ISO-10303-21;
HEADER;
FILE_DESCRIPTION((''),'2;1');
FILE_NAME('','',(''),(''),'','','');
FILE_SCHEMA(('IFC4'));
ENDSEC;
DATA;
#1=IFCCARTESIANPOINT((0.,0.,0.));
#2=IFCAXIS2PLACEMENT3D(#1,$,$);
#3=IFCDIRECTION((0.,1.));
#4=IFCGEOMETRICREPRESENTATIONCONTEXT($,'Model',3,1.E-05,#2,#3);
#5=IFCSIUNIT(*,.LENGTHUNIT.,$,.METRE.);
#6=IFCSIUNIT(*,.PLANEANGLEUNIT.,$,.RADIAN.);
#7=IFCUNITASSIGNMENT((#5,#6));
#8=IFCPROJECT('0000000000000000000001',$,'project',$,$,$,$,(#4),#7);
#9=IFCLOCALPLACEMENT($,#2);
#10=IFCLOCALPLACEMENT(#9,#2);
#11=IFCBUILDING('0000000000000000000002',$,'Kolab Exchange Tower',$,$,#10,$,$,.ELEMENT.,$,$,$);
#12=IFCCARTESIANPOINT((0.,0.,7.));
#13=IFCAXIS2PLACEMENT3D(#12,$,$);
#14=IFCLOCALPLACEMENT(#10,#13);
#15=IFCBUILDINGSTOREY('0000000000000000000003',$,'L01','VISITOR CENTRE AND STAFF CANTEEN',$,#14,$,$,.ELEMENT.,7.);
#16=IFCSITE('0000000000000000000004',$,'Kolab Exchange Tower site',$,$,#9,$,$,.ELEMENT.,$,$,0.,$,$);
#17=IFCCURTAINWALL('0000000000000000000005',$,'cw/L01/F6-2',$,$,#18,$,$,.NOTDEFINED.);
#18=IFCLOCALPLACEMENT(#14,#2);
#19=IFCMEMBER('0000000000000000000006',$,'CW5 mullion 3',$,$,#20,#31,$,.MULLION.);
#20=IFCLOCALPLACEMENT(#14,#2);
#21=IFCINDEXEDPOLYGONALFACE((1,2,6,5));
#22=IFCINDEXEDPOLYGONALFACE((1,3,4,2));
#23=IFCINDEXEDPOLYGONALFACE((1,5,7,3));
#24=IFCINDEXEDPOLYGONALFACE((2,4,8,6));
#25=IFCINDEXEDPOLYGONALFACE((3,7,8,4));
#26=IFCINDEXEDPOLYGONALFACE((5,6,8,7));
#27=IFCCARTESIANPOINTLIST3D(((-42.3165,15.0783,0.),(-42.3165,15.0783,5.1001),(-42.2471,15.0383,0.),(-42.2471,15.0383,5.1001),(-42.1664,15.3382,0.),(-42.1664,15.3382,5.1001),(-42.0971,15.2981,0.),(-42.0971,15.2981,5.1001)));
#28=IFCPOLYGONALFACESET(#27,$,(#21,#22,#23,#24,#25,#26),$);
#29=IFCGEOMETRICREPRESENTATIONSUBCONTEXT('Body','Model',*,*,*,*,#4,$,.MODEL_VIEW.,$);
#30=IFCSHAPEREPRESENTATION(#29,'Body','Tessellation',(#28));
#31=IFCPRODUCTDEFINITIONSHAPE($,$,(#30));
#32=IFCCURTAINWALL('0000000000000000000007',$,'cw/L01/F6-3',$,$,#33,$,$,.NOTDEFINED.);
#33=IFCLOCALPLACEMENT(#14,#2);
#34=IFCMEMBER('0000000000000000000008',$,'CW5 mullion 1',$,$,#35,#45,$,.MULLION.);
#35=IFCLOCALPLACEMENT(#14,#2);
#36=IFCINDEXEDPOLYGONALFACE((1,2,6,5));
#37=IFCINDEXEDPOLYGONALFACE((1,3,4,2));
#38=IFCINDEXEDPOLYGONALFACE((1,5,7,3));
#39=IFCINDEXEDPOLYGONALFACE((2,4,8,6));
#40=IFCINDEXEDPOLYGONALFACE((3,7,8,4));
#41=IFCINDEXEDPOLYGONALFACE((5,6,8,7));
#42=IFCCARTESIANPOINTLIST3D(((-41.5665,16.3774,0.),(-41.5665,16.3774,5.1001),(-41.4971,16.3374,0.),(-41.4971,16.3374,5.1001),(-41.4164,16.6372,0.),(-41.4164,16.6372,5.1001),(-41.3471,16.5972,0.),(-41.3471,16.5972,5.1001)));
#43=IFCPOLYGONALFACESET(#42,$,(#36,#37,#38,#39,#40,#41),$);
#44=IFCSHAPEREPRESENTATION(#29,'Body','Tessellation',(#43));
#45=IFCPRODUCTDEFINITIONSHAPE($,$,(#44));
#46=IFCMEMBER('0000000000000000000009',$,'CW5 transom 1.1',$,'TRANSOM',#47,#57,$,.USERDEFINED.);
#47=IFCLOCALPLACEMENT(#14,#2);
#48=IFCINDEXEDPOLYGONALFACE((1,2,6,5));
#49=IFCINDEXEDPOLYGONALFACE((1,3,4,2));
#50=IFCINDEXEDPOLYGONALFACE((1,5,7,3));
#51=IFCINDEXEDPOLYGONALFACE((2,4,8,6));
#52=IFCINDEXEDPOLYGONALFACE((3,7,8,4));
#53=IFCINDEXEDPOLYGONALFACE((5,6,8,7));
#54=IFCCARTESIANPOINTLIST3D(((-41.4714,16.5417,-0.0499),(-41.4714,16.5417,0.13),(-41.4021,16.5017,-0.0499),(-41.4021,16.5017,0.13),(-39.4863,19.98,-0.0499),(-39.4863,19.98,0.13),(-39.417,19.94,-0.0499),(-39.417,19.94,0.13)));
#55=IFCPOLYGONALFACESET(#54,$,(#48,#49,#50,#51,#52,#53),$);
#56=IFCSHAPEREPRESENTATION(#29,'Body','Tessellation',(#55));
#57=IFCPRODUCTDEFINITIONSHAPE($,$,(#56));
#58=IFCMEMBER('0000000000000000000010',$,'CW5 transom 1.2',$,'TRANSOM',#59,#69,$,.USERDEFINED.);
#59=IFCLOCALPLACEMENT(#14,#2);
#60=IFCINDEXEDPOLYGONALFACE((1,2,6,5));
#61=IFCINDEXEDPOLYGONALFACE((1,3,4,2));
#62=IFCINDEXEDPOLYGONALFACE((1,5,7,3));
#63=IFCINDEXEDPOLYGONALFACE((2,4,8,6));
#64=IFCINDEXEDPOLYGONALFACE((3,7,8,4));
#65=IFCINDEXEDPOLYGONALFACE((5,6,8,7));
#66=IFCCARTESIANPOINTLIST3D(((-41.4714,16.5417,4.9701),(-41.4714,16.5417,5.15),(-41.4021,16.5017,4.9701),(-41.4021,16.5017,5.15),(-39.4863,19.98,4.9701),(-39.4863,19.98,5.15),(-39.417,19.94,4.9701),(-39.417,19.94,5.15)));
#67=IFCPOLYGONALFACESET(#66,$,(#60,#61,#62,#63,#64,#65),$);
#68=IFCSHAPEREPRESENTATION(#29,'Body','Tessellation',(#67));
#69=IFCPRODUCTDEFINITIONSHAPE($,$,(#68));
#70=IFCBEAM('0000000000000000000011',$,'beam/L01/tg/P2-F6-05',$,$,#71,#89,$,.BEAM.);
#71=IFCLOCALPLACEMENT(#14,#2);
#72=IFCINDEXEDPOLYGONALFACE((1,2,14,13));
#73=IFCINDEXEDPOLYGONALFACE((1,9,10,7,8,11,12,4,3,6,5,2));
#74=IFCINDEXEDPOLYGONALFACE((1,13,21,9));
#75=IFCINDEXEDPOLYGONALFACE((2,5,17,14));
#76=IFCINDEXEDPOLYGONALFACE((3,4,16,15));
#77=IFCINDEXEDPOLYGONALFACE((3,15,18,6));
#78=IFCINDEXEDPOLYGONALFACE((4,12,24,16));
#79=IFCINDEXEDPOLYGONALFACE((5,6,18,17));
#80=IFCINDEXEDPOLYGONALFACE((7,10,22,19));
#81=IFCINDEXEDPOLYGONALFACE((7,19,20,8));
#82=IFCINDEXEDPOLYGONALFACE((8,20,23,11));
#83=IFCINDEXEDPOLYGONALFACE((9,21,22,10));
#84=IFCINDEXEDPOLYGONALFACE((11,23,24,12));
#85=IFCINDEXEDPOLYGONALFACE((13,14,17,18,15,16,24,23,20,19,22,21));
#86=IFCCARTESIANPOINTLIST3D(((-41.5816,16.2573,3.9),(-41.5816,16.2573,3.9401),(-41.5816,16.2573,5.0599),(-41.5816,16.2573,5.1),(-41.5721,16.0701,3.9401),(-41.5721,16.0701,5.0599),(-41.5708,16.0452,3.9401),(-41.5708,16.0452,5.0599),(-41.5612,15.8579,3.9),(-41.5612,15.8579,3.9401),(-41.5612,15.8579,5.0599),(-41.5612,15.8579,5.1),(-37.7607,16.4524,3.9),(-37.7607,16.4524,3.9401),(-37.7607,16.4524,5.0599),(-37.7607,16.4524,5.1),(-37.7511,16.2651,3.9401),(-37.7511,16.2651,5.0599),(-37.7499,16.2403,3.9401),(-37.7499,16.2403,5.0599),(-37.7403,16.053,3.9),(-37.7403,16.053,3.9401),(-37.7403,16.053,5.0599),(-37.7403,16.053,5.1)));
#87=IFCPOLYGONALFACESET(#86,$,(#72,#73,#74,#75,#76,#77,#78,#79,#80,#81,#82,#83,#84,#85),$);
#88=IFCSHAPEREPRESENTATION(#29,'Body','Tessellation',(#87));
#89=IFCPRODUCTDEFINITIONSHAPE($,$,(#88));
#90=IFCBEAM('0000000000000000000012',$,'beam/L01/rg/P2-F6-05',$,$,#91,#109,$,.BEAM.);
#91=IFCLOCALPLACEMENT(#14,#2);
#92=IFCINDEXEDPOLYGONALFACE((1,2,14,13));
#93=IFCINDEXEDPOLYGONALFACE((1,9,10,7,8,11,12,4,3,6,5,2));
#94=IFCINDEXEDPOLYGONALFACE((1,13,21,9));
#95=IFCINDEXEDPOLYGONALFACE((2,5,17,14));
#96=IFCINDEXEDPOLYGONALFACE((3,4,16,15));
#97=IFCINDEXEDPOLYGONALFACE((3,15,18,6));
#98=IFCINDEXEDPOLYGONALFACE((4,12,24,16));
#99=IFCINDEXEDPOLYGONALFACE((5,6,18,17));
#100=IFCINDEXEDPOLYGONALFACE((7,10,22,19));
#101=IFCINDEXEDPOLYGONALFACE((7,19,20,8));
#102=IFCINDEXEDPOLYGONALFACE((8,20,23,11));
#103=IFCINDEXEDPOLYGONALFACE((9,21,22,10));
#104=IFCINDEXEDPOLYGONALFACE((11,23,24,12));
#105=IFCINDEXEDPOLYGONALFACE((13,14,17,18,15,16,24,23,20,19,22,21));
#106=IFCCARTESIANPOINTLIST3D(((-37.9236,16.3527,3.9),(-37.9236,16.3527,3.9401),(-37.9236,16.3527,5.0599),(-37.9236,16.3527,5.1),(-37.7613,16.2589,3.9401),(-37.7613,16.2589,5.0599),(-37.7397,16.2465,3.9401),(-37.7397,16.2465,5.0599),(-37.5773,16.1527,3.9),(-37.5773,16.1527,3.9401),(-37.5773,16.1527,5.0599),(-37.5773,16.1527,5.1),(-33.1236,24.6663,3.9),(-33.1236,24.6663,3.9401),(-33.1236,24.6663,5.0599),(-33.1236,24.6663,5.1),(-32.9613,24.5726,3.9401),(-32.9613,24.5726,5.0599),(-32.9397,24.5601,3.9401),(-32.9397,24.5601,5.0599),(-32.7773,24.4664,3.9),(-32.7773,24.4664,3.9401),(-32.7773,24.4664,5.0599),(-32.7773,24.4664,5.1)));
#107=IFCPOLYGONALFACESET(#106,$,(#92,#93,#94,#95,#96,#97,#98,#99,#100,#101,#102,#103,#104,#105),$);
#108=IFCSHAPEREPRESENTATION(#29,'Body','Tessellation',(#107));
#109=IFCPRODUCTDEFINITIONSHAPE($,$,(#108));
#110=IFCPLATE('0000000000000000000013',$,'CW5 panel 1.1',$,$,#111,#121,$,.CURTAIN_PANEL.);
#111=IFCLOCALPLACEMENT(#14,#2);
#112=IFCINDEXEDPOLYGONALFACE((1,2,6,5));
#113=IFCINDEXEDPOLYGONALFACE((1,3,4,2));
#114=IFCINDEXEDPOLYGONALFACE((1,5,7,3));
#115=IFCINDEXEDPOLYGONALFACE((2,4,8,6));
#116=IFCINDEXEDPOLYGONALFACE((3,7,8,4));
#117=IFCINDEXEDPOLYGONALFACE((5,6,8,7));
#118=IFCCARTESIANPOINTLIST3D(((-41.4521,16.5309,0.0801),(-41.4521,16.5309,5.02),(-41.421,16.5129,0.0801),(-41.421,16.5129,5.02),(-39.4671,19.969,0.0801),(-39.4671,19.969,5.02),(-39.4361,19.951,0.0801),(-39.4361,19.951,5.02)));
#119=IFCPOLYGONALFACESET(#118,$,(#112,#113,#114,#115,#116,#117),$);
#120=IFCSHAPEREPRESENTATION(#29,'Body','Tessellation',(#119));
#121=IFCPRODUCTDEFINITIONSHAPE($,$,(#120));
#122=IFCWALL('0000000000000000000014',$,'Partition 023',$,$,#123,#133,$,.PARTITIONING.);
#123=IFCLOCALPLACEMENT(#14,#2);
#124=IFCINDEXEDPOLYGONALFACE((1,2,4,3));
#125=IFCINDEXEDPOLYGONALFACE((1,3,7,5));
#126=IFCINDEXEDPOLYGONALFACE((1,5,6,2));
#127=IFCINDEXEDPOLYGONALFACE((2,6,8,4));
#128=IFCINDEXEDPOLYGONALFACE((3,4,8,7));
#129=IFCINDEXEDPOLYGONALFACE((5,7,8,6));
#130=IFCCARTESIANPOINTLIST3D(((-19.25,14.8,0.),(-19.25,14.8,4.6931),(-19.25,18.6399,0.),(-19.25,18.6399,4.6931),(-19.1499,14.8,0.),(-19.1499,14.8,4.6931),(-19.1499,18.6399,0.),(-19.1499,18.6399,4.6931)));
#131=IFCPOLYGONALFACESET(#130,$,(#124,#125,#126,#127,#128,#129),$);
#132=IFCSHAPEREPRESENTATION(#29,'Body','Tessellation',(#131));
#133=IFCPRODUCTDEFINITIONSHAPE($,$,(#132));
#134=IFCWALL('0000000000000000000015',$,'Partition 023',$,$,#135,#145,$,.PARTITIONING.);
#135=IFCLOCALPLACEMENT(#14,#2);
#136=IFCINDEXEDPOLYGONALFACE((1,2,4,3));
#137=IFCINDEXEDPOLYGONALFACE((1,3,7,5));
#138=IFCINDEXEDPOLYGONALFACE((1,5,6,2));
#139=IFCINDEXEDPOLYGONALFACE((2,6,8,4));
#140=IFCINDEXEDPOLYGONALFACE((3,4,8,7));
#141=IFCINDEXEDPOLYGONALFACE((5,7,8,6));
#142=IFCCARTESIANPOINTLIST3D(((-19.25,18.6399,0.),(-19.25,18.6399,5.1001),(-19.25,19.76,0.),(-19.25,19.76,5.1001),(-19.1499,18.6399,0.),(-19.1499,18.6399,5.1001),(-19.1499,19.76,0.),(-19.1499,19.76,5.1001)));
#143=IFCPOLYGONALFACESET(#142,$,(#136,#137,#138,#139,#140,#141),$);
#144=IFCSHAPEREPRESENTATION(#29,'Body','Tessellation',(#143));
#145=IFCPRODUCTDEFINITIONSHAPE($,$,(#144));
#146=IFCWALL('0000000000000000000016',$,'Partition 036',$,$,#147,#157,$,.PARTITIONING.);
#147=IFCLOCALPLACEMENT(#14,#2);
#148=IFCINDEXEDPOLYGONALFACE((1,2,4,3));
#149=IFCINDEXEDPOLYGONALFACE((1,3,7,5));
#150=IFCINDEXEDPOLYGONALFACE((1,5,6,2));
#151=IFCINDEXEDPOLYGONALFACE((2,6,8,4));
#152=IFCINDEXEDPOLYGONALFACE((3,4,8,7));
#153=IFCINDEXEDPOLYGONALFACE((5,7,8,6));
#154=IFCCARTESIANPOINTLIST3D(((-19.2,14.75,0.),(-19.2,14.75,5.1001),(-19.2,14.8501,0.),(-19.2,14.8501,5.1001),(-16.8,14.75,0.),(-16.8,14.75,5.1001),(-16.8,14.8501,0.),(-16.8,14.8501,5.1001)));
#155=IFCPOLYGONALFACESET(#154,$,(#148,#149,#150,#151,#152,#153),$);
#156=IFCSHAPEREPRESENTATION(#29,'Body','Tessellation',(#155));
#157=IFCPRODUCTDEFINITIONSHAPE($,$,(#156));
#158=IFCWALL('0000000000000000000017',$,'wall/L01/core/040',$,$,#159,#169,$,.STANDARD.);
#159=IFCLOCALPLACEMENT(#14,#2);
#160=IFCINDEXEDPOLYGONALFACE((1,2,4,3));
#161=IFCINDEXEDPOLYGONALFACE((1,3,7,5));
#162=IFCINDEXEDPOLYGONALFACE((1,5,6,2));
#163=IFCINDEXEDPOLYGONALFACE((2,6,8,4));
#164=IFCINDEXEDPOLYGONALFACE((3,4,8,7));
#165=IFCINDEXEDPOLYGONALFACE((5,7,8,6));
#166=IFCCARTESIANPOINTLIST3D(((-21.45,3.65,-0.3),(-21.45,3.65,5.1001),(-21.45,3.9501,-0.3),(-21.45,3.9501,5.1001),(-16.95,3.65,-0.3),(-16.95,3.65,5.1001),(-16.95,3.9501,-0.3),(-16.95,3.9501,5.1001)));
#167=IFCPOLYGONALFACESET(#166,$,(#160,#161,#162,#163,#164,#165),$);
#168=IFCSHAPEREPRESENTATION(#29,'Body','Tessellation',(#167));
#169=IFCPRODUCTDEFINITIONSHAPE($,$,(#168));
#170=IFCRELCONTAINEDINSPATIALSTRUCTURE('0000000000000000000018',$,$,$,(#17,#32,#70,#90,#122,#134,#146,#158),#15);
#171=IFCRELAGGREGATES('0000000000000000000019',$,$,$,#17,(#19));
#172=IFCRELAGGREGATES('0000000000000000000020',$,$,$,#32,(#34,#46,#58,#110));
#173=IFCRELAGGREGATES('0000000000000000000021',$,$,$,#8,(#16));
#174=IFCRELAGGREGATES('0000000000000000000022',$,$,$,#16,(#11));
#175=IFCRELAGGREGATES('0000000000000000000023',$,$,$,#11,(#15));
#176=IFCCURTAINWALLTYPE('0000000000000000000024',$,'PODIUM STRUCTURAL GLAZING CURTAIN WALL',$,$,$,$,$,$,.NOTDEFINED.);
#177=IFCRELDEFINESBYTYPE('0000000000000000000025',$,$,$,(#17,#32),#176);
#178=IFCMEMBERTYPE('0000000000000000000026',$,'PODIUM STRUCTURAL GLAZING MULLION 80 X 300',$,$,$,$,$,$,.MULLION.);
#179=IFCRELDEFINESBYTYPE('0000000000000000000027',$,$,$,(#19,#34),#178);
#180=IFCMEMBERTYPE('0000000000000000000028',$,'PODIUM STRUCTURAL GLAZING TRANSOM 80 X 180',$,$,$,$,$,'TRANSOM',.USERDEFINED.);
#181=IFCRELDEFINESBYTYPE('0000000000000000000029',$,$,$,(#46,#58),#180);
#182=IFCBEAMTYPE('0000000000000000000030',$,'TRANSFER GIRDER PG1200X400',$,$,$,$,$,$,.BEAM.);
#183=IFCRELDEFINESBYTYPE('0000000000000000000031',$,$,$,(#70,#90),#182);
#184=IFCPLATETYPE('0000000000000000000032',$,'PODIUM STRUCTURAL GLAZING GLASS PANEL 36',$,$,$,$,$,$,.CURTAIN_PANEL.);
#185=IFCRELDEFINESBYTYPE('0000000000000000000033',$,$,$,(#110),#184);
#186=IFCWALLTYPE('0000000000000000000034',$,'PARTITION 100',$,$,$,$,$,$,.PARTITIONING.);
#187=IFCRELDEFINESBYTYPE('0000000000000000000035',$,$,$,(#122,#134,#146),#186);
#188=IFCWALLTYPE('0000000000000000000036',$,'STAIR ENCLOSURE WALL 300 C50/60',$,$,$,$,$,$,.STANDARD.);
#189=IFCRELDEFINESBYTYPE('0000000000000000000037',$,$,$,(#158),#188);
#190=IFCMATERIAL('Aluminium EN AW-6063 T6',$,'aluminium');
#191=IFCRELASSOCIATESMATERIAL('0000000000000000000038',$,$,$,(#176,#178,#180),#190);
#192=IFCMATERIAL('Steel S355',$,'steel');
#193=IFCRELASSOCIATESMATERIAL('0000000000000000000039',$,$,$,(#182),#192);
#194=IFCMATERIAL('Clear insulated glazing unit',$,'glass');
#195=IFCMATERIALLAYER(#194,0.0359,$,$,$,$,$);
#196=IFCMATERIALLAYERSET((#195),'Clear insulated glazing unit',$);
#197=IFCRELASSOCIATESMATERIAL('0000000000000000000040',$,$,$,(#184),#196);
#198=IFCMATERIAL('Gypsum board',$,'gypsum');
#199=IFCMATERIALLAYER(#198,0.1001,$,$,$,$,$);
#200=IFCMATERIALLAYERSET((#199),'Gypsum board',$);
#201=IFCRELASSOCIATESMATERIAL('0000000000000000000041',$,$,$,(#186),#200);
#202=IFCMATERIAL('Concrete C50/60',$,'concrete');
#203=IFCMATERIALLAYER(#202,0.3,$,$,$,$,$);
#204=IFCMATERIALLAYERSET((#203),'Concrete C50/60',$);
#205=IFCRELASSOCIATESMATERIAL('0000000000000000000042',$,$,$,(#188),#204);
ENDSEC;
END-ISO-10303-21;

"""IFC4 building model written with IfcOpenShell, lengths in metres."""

from ifc_helpers import new_model, si_unit, direction, frame, frame_2d, origin, origin_2d, place, context, subcontext, project, spatial, rectangle, i_section, extrude, material, layer, layer_set, material_profile, profile_set, type_object, element, aggregate, save


model = new_model("IFC4")

# Units and contexts
model_context = context("Model", 3, precision=1e-05, world=origin(), true_north=direction((0.0, 1.0)))
body_context = subcontext(model_context, "Body", "Model", "MODEL_VIEW")
ifc_project = project(units=[si_unit("LENGTHUNIT", "METRE"), si_unit("PLANEANGLEUNIT", "RADIAN")], contexts=[model_context])

# Site, building, storey
site_placement = place(None, origin())
site = spatial("IfcSite", under=ifc_project, at=site_placement, Name="Kolab Exchange Tower site", CompositionType="ELEMENT", RefElevation=0.0)
building_placement = place(site_placement, origin())
building = spatial("IfcBuilding", under=site, at=building_placement, Name="Kolab Exchange Tower", CompositionType="ELEMENT")
storey_placement = place(building_placement, frame((0.0, 0.0, 7.0)))
storey = spatial("IfcBuildingStorey", under=building, at=storey_placement, Name="L01", Description="VISITOR CENTRE AND STAFF CANTEEN", CompositionType="ELEMENT", Elevation=7.0)

# Shared definitions
ifc_material_1 = material(Name="Steel S355", Category="steel")

# Curtain wall, member
ifc_material_2 = material(Name="Aluminium EN AW-6063 T6", Category="aluminium")
curtain_wall_type = type_object("IfcCurtainWallType", Name="PODIUM STRUCTURAL GLAZING CURTAIN WALL", PredefinedType="NOTDEFINED", material=ifc_material_2)
curtain_wall_1_placement = place(storey_placement, origin())
curtain_wall_1 = element("IfcCurtainWall", 1, at=curtain_wall_1_placement, inside=storey, type_object=curtain_wall_type, Name="cw/L01/F6-2", PredefinedType="NOTDEFINED")
ifc_material_profile_1 = material_profile(ifc_material_2, rectangle(XDim=0.0801, YDim=0.3, at=origin_2d()), Name="RECT 80X300")
ifc_profile_set_1 = profile_set([ifc_material_profile_1], Name="Aluminium EN AW-6063 T6")
member_type_1 = type_object("IfcMemberType", Name="PODIUM STRUCTURAL GLAZING MULLION 80 X 300", PredefinedType="MULLION", material=ifc_profile_set_1)
member_1_placement = place(storey_placement, frame((-42.2068, 15.1882, 0.0), z_axis=(0.0, 0.0, 1.0), x_axis=(-0.866025, 0.5, 0.0)))
member_1 = element("IfcMember", 2, at=member_1_placement, type_object=member_type_1, Name="CW5 mullion 3", PredefinedType="MULLION", context=body_context, shape_type="SweptSolid", body=[
    extrude(rectangle(XDim=0.0801, YDim=0.3, at=origin_2d()), origin(), (0.0, 0.0, 1.0), 5.1001),
])
aggregate(curtain_wall_1, [member_1])

# Curtain wall, members
curtain_wall_2_placement = place(storey_placement, origin())
curtain_wall_2 = element("IfcCurtainWall", 3, at=curtain_wall_2_placement, inside=storey, type_object=curtain_wall_type, Name="cw/L01/F6-3", PredefinedType="NOTDEFINED")
member_2_placement = place(storey_placement, frame((-41.4568, 16.4873, 0.0), z_axis=(0.0, 0.0, 1.0), x_axis=(-0.866025, 0.5, 0.0)))
member_2 = element("IfcMember", 4, at=member_2_placement, type_object=member_type_1, Name="CW5 mullion 1", PredefinedType="MULLION", context=body_context, shape_type="SweptSolid", body=[
    extrude(rectangle(XDim=0.0801, YDim=0.3, at=origin_2d()), origin(), (0.0, 0.0, 1.0), 5.1001),
])
ifc_material_profile_2 = material_profile(ifc_material_2, rectangle(XDim=0.0801, YDim=0.1799, at=origin_2d()), Name="RECT 80X180")
ifc_profile_set_2 = profile_set([ifc_material_profile_2], Name="Aluminium EN AW-6063 T6")
member_type_2 = type_object("IfcMemberType", Name="PODIUM STRUCTURAL GLAZING TRANSOM 80 X 180", ElementType="TRANSOM", PredefinedType="USERDEFINED", material=ifc_profile_set_2)
member_3_placement = place(storey_placement, frame((-41.4368, 16.5217, 0.04), z_axis=(0.500008, 0.866021, 0.0), x_axis=(-0.866021, 0.500008, 0.0)))
member_3 = element("IfcMember", 5, at=member_3_placement, type_object=member_type_2, Name="CW5 transom 1.1", ObjectType="TRANSOM", PredefinedType="USERDEFINED", context=body_context, shape_type="SweptSolid", body=[
    extrude(rectangle(XDim=0.0801, YDim=0.1799, at=origin_2d()), origin(), (0.0, 0.0, 1.0), 3.9702),
])
member_4_placement = place(storey_placement, frame((-41.4368, 16.5217, 5.0601), z_axis=(0.500008, 0.866021, 0.0), x_axis=(-0.866021, 0.500008, 0.0)))
member_4 = element("IfcMember", 6, at=member_4_placement, type_object=member_type_2, Name="CW5 transom 1.2", ObjectType="TRANSOM", PredefinedType="USERDEFINED", context=body_context, shape_type="SweptSolid", body=[
    extrude(rectangle(XDim=0.0801, YDim=0.1799, at=origin_2d()), origin(), (0.0, 0.0, 1.0), 3.9702),
])

# Beams
ifc_material_profile_3 = material_profile(ifc_material_1, i_section(OverallWidth=0.3999, OverallDepth=1.2, WebThickness=0.0249, FlangeThickness=0.04, at=origin_2d()), Name="PG1200X400")
ifc_profile_set_3 = profile_set([ifc_material_profile_3], Name="Steel S355")
beam_type_1 = type_object("IfcBeamType", Name="TRANSFER GIRDER PG1200X400", PredefinedType="BEAM", material=ifc_profile_set_3)
beam_1_placement = place(storey_placement, frame((-37.7505, 16.2527, 4.5), z_axis=(-0.998699, -0.050985, 0.0), x_axis=(0.050985, -0.998699, 0.0)))
element("IfcBeam", 7, at=beam_1_placement, inside=storey, type_object=beam_type_1, Name="beam/L01/tg/P2-F6-05", PredefinedType="BEAM", context=body_context, shape_type="SweptSolid", body=[
    extrude(i_section(OverallWidth=0.3999, OverallDepth=1.2, WebThickness=0.0249, FlangeThickness=0.04, at=origin_2d()), origin(), (0.0, 0.0, 1.0), 3.8259),
])
beam_2_placement = place(storey_placement, frame((-37.7505, 16.2527, 4.5), z_axis=(0.500009, 0.86602, 0.0), x_axis=(-0.86602, 0.500009, 0.0)))
element("IfcBeam", 8, at=beam_2_placement, inside=storey, type_object=beam_type_1, Name="beam/L01/rg/P2-F6-05", PredefinedType="BEAM", context=body_context, shape_type="SweptSolid", body=[
    extrude(i_section(OverallWidth=0.3999, OverallDepth=1.2, WebThickness=0.0249, FlangeThickness=0.04, at=origin_2d()), origin(), (0.0, 0.0, 1.0), 9.5999),
])

# Plate
ifc_material_3 = material(Name="Clear insulated glazing unit", Category="glass")
ifc_layer_1 = layer(ifc_material_3, 0.0359)
ifc_layer_set_1 = layer_set([ifc_layer_1], Name="Clear insulated glazing unit")
plate_type = type_object("IfcPlateType", Name="PODIUM STRUCTURAL GLAZING GLASS PANEL 36", PredefinedType="CURTAIN_PANEL", material=ifc_layer_set_1)
plate_placement = place(storey_placement, frame((-40.4441, 18.241, 0.0801), z_axis=(0.0, 0.0, 1.0), x_axis=(0.5, 0.866025, 0.0)))
plate = element("IfcPlate", 9, at=plate_placement, type_object=plate_type, Name="CW5 panel 1.1", PredefinedType="CURTAIN_PANEL", context=body_context, shape_type="SweptSolid", body=[
    extrude(rectangle(XDim=3.97, YDim=0.0359, at=origin_2d()), origin(), (0.0, 0.0, 1.0), 4.9399),
])
aggregate(curtain_wall_2, [member_2, member_3, member_4, plate])

# Walls
ifc_material_4 = material(Name="Gypsum board", Category="gypsum")
ifc_layer_2 = layer(ifc_material_4, 0.1001)
ifc_layer_set_2 = layer_set([ifc_layer_2], Name="Gypsum board")
wall_type_1 = type_object("IfcWallType", Name="PARTITION 100", PredefinedType="PARTITIONING", material=ifc_layer_set_2)
wall_1_placement = place(storey_placement, frame((-19.2, 14.8, 0.0), z_axis=(0.0, 0.0, 1.0), x_axis=(0.0, 1.0, 0.0)))
element("IfcWall", 10, at=wall_1_placement, inside=storey, type_object=wall_type_1, Name="Partition 023", PredefinedType="PARTITIONING", context=body_context, shape_type="SweptSolid", body=[
    extrude(rectangle(XDim=3.8398, YDim=0.1001, at=frame_2d((1.9199, 0.0))), origin(), (0.0, 0.0, 1.0), 4.6931),
])
wall_2_placement = place(storey_placement, frame((-19.2, 18.6399, 0.0), z_axis=(0.0, 0.0, 1.0), x_axis=(0.0, 1.0, 0.0)))
element("IfcWall", 11, at=wall_2_placement, inside=storey, type_object=wall_type_1, Name="Partition 023", PredefinedType="PARTITIONING", context=body_context, shape_type="SweptSolid", body=[
    extrude(rectangle(XDim=1.1201, YDim=0.1001, at=frame_2d((0.5601, 0.0))), origin(), (0.0, 0.0, 1.0), 5.1001),
])
wall_3_placement = place(storey_placement, frame((-19.2, 14.8, 0.0), z_axis=(0.0, 0.0, 1.0), x_axis=(1.0, 0.0, 0.0)))
element("IfcWall", 12, at=wall_3_placement, inside=storey, type_object=wall_type_1, Name="Partition 036", PredefinedType="PARTITIONING", context=body_context, shape_type="SweptSolid", body=[
    extrude(rectangle(XDim=2.3999, YDim=0.1001, at=frame_2d((1.2, 0.0))), origin(), (0.0, 0.0, 1.0), 5.1001),
])
ifc_material_5 = material(Name="Concrete C50/60", Category="concrete")
ifc_layer_3 = layer(ifc_material_5, 0.3)
ifc_layer_set_3 = layer_set([ifc_layer_3], Name="Concrete C50/60")
wall_type_2 = type_object("IfcWallType", Name="STAIR ENCLOSURE WALL 300 C50/60", PredefinedType="STANDARD", material=ifc_layer_set_3)
wall_4_placement = place(storey_placement, frame((-21.45, 3.8, -0.3), z_axis=(0.0, 0.0, 1.0), x_axis=(1.0, 0.0, 0.0)))
element("IfcWall", 13, at=wall_4_placement, inside=storey, type_object=wall_type_2, Name="wall/L01/core/040", PredefinedType="STANDARD", context=body_context, shape_type="SweptSolid", body=[
    extrude(rectangle(XDim=4.5, YDim=0.3, at=frame_2d((2.25, 0.0))), origin(), (0.0, 0.0, 1.0), 5.4001),
])

save(model, "model.ifc")
